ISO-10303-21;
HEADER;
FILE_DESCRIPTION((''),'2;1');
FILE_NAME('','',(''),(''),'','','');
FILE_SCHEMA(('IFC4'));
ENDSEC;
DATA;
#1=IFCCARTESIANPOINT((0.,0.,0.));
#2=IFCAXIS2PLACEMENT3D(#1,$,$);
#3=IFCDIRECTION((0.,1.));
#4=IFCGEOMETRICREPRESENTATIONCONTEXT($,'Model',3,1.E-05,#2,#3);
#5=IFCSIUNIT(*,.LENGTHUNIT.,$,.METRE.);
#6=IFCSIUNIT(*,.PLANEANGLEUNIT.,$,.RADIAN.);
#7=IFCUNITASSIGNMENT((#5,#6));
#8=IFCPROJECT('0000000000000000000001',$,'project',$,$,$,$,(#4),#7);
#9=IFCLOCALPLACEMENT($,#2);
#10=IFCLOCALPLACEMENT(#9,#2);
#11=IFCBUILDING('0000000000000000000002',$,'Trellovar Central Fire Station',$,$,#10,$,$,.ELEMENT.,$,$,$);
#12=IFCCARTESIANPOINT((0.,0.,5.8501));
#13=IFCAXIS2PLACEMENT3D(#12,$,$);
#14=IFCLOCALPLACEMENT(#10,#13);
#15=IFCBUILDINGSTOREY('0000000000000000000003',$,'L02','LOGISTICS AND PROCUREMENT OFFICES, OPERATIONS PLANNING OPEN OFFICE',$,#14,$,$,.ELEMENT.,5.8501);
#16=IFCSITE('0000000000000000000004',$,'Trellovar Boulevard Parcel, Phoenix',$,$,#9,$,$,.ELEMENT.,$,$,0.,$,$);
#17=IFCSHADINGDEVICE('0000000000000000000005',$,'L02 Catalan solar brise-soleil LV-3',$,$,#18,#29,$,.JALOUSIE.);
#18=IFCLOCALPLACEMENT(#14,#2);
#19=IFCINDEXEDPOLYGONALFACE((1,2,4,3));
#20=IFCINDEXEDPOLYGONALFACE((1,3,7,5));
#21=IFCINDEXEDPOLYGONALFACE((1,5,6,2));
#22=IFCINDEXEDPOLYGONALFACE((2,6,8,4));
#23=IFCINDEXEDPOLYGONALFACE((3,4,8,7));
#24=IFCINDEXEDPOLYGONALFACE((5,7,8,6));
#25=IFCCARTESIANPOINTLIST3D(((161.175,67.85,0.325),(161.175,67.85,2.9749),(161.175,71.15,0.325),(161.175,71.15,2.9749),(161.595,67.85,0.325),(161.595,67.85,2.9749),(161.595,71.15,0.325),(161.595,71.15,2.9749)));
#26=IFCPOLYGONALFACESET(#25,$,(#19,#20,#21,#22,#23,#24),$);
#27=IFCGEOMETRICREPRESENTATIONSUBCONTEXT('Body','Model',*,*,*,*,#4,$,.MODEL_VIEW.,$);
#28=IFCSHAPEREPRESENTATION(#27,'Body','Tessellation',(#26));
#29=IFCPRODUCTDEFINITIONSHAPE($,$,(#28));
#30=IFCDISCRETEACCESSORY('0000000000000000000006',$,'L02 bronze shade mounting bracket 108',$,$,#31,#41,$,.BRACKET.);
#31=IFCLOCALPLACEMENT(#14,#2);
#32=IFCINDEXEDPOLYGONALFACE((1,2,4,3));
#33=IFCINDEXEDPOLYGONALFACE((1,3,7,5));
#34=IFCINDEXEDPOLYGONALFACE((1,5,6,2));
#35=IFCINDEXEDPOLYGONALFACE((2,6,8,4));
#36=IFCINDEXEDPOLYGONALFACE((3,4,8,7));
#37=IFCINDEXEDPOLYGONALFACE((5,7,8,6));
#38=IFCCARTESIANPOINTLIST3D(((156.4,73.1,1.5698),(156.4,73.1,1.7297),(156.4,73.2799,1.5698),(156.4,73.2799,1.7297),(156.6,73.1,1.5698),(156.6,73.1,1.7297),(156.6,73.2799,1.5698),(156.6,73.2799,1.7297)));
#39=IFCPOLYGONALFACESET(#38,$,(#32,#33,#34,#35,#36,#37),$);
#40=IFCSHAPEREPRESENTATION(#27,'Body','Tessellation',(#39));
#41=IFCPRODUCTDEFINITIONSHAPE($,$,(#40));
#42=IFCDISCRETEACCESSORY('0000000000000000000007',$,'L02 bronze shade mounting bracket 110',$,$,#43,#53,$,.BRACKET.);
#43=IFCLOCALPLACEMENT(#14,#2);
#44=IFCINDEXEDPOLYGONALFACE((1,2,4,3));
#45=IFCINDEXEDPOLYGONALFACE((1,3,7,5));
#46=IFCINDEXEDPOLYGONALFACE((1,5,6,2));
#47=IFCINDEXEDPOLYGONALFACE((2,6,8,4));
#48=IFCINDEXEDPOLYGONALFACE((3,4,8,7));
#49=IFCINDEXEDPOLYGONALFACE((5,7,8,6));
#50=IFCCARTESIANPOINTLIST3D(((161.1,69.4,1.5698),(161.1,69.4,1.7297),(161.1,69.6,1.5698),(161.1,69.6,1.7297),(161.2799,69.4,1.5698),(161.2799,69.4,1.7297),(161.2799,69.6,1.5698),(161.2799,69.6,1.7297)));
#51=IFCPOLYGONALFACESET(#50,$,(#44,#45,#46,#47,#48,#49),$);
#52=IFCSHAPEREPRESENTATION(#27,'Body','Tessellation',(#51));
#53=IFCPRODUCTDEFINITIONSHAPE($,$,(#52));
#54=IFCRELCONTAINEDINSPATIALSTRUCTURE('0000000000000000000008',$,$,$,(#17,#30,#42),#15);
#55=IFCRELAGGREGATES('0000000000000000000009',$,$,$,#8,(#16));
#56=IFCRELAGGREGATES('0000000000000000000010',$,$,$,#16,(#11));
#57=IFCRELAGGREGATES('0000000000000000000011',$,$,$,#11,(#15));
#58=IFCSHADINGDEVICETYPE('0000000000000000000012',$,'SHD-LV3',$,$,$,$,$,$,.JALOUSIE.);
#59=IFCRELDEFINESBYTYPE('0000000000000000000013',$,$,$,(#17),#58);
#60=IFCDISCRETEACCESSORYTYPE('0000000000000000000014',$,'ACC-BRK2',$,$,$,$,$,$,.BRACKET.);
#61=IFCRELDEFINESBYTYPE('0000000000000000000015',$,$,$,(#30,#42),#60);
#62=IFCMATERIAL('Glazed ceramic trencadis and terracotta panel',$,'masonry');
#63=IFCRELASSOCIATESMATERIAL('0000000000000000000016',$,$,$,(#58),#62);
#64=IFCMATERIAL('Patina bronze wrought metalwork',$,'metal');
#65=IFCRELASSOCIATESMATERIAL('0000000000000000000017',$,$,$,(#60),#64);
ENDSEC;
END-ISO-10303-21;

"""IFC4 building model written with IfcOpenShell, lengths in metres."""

from ifc_helpers import new_model, si_unit, direction, frame, origin, origin_2d, place, context, subcontext, project, spatial, rectangle, extrude, material, type_object, element, save


model = new_model("IFC4")

# Units and contexts
model_context = context("Model", 3, precision=1e-05, world=origin(), true_north=direction((0.0, 1.0)))
body_context = subcontext(model_context, "Body", "Model", "MODEL_VIEW")
ifc_project = project(units=[si_unit("LENGTHUNIT", "METRE"), si_unit("PLANEANGLEUNIT", "RADIAN")], contexts=[model_context])

# Site, building, storey
site_placement = place(None, origin())
site = spatial("IfcSite", under=ifc_project, at=site_placement, Name="Trellovar Boulevard Parcel, Phoenix", CompositionType="ELEMENT", RefElevation=0.0)
building_placement = place(site_placement, origin())
building = spatial("IfcBuilding", under=site, at=building_placement, Name="Trellovar Central Fire Station", CompositionType="ELEMENT")
storey_placement = place(building_placement, frame((0.0, 0.0, 5.8501)))
storey = spatial("IfcBuildingStorey", under=building, at=storey_placement, Name="L02", Description="LOGISTICS AND PROCUREMENT OFFICES, OPERATIONS PLANNING OPEN OFFICE", CompositionType="ELEMENT", Elevation=5.8501)

# Shading device
ifc_material_1 = material(Name="Glazed ceramic trencadis and terracotta panel", Category="masonry")
shading_device_type = type_object("IfcShadingDeviceType", Name="SHD-LV3", PredefinedType="JALOUSIE", material=ifc_material_1)
for number, where, z_axis, x_axis, name in (
    (1, (161.385, 69.5, 0.325), (0.0, 0.0, 1.0), (0.0, 1.0, 0.0), "L02 Catalan solar brise-soleil LV-3"),
):
    element("IfcShadingDevice", number, at=place(storey_placement, frame(where, z_axis=z_axis, x_axis=x_axis)), inside=storey, type_object=shading_device_type, Name=name, PredefinedType="JALOUSIE", context=body_context, shape_type="SweptSolid", body=[
        extrude(rectangle(XDim=3.3, YDim=0.4199, at=origin_2d()), origin(), (0.0, 0.0, 1.0), 2.6499),
    ])

# Discrete accessories
ifc_material_2 = material(Name="Patina bronze wrought metalwork", Category="metal")
discrete_accessory_type = type_object("IfcDiscreteAccessoryType", Name="ACC-BRK2", PredefinedType="BRACKET", material=ifc_material_2)
for number, where, z_axis, x_axis, name in (
    (2, (156.5, 73.1899, 1.5698), (0.0, 0.0, 1.0), (1.0, 0.0, 0.0), "L02 bronze shade mounting bracket 108"),
    (3, (161.1899, 69.5, 1.5698), (0.0, 0.0, 1.0), (0.0, 1.0, 0.0), "L02 bronze shade mounting bracket 110"),
):
    element("IfcDiscreteAccessory", number, at=place(storey_placement, frame(where, z_axis=z_axis, x_axis=x_axis)), inside=storey, type_object=discrete_accessory_type, Name=name, PredefinedType="BRACKET", context=body_context, shape_type="SweptSolid", body=[
        extrude(rectangle(XDim=0.2, YDim=0.1799, at=origin_2d()), origin(), (0.0, 0.0, 1.0), 0.1599),
    ])

save(model, "model.ifc")
